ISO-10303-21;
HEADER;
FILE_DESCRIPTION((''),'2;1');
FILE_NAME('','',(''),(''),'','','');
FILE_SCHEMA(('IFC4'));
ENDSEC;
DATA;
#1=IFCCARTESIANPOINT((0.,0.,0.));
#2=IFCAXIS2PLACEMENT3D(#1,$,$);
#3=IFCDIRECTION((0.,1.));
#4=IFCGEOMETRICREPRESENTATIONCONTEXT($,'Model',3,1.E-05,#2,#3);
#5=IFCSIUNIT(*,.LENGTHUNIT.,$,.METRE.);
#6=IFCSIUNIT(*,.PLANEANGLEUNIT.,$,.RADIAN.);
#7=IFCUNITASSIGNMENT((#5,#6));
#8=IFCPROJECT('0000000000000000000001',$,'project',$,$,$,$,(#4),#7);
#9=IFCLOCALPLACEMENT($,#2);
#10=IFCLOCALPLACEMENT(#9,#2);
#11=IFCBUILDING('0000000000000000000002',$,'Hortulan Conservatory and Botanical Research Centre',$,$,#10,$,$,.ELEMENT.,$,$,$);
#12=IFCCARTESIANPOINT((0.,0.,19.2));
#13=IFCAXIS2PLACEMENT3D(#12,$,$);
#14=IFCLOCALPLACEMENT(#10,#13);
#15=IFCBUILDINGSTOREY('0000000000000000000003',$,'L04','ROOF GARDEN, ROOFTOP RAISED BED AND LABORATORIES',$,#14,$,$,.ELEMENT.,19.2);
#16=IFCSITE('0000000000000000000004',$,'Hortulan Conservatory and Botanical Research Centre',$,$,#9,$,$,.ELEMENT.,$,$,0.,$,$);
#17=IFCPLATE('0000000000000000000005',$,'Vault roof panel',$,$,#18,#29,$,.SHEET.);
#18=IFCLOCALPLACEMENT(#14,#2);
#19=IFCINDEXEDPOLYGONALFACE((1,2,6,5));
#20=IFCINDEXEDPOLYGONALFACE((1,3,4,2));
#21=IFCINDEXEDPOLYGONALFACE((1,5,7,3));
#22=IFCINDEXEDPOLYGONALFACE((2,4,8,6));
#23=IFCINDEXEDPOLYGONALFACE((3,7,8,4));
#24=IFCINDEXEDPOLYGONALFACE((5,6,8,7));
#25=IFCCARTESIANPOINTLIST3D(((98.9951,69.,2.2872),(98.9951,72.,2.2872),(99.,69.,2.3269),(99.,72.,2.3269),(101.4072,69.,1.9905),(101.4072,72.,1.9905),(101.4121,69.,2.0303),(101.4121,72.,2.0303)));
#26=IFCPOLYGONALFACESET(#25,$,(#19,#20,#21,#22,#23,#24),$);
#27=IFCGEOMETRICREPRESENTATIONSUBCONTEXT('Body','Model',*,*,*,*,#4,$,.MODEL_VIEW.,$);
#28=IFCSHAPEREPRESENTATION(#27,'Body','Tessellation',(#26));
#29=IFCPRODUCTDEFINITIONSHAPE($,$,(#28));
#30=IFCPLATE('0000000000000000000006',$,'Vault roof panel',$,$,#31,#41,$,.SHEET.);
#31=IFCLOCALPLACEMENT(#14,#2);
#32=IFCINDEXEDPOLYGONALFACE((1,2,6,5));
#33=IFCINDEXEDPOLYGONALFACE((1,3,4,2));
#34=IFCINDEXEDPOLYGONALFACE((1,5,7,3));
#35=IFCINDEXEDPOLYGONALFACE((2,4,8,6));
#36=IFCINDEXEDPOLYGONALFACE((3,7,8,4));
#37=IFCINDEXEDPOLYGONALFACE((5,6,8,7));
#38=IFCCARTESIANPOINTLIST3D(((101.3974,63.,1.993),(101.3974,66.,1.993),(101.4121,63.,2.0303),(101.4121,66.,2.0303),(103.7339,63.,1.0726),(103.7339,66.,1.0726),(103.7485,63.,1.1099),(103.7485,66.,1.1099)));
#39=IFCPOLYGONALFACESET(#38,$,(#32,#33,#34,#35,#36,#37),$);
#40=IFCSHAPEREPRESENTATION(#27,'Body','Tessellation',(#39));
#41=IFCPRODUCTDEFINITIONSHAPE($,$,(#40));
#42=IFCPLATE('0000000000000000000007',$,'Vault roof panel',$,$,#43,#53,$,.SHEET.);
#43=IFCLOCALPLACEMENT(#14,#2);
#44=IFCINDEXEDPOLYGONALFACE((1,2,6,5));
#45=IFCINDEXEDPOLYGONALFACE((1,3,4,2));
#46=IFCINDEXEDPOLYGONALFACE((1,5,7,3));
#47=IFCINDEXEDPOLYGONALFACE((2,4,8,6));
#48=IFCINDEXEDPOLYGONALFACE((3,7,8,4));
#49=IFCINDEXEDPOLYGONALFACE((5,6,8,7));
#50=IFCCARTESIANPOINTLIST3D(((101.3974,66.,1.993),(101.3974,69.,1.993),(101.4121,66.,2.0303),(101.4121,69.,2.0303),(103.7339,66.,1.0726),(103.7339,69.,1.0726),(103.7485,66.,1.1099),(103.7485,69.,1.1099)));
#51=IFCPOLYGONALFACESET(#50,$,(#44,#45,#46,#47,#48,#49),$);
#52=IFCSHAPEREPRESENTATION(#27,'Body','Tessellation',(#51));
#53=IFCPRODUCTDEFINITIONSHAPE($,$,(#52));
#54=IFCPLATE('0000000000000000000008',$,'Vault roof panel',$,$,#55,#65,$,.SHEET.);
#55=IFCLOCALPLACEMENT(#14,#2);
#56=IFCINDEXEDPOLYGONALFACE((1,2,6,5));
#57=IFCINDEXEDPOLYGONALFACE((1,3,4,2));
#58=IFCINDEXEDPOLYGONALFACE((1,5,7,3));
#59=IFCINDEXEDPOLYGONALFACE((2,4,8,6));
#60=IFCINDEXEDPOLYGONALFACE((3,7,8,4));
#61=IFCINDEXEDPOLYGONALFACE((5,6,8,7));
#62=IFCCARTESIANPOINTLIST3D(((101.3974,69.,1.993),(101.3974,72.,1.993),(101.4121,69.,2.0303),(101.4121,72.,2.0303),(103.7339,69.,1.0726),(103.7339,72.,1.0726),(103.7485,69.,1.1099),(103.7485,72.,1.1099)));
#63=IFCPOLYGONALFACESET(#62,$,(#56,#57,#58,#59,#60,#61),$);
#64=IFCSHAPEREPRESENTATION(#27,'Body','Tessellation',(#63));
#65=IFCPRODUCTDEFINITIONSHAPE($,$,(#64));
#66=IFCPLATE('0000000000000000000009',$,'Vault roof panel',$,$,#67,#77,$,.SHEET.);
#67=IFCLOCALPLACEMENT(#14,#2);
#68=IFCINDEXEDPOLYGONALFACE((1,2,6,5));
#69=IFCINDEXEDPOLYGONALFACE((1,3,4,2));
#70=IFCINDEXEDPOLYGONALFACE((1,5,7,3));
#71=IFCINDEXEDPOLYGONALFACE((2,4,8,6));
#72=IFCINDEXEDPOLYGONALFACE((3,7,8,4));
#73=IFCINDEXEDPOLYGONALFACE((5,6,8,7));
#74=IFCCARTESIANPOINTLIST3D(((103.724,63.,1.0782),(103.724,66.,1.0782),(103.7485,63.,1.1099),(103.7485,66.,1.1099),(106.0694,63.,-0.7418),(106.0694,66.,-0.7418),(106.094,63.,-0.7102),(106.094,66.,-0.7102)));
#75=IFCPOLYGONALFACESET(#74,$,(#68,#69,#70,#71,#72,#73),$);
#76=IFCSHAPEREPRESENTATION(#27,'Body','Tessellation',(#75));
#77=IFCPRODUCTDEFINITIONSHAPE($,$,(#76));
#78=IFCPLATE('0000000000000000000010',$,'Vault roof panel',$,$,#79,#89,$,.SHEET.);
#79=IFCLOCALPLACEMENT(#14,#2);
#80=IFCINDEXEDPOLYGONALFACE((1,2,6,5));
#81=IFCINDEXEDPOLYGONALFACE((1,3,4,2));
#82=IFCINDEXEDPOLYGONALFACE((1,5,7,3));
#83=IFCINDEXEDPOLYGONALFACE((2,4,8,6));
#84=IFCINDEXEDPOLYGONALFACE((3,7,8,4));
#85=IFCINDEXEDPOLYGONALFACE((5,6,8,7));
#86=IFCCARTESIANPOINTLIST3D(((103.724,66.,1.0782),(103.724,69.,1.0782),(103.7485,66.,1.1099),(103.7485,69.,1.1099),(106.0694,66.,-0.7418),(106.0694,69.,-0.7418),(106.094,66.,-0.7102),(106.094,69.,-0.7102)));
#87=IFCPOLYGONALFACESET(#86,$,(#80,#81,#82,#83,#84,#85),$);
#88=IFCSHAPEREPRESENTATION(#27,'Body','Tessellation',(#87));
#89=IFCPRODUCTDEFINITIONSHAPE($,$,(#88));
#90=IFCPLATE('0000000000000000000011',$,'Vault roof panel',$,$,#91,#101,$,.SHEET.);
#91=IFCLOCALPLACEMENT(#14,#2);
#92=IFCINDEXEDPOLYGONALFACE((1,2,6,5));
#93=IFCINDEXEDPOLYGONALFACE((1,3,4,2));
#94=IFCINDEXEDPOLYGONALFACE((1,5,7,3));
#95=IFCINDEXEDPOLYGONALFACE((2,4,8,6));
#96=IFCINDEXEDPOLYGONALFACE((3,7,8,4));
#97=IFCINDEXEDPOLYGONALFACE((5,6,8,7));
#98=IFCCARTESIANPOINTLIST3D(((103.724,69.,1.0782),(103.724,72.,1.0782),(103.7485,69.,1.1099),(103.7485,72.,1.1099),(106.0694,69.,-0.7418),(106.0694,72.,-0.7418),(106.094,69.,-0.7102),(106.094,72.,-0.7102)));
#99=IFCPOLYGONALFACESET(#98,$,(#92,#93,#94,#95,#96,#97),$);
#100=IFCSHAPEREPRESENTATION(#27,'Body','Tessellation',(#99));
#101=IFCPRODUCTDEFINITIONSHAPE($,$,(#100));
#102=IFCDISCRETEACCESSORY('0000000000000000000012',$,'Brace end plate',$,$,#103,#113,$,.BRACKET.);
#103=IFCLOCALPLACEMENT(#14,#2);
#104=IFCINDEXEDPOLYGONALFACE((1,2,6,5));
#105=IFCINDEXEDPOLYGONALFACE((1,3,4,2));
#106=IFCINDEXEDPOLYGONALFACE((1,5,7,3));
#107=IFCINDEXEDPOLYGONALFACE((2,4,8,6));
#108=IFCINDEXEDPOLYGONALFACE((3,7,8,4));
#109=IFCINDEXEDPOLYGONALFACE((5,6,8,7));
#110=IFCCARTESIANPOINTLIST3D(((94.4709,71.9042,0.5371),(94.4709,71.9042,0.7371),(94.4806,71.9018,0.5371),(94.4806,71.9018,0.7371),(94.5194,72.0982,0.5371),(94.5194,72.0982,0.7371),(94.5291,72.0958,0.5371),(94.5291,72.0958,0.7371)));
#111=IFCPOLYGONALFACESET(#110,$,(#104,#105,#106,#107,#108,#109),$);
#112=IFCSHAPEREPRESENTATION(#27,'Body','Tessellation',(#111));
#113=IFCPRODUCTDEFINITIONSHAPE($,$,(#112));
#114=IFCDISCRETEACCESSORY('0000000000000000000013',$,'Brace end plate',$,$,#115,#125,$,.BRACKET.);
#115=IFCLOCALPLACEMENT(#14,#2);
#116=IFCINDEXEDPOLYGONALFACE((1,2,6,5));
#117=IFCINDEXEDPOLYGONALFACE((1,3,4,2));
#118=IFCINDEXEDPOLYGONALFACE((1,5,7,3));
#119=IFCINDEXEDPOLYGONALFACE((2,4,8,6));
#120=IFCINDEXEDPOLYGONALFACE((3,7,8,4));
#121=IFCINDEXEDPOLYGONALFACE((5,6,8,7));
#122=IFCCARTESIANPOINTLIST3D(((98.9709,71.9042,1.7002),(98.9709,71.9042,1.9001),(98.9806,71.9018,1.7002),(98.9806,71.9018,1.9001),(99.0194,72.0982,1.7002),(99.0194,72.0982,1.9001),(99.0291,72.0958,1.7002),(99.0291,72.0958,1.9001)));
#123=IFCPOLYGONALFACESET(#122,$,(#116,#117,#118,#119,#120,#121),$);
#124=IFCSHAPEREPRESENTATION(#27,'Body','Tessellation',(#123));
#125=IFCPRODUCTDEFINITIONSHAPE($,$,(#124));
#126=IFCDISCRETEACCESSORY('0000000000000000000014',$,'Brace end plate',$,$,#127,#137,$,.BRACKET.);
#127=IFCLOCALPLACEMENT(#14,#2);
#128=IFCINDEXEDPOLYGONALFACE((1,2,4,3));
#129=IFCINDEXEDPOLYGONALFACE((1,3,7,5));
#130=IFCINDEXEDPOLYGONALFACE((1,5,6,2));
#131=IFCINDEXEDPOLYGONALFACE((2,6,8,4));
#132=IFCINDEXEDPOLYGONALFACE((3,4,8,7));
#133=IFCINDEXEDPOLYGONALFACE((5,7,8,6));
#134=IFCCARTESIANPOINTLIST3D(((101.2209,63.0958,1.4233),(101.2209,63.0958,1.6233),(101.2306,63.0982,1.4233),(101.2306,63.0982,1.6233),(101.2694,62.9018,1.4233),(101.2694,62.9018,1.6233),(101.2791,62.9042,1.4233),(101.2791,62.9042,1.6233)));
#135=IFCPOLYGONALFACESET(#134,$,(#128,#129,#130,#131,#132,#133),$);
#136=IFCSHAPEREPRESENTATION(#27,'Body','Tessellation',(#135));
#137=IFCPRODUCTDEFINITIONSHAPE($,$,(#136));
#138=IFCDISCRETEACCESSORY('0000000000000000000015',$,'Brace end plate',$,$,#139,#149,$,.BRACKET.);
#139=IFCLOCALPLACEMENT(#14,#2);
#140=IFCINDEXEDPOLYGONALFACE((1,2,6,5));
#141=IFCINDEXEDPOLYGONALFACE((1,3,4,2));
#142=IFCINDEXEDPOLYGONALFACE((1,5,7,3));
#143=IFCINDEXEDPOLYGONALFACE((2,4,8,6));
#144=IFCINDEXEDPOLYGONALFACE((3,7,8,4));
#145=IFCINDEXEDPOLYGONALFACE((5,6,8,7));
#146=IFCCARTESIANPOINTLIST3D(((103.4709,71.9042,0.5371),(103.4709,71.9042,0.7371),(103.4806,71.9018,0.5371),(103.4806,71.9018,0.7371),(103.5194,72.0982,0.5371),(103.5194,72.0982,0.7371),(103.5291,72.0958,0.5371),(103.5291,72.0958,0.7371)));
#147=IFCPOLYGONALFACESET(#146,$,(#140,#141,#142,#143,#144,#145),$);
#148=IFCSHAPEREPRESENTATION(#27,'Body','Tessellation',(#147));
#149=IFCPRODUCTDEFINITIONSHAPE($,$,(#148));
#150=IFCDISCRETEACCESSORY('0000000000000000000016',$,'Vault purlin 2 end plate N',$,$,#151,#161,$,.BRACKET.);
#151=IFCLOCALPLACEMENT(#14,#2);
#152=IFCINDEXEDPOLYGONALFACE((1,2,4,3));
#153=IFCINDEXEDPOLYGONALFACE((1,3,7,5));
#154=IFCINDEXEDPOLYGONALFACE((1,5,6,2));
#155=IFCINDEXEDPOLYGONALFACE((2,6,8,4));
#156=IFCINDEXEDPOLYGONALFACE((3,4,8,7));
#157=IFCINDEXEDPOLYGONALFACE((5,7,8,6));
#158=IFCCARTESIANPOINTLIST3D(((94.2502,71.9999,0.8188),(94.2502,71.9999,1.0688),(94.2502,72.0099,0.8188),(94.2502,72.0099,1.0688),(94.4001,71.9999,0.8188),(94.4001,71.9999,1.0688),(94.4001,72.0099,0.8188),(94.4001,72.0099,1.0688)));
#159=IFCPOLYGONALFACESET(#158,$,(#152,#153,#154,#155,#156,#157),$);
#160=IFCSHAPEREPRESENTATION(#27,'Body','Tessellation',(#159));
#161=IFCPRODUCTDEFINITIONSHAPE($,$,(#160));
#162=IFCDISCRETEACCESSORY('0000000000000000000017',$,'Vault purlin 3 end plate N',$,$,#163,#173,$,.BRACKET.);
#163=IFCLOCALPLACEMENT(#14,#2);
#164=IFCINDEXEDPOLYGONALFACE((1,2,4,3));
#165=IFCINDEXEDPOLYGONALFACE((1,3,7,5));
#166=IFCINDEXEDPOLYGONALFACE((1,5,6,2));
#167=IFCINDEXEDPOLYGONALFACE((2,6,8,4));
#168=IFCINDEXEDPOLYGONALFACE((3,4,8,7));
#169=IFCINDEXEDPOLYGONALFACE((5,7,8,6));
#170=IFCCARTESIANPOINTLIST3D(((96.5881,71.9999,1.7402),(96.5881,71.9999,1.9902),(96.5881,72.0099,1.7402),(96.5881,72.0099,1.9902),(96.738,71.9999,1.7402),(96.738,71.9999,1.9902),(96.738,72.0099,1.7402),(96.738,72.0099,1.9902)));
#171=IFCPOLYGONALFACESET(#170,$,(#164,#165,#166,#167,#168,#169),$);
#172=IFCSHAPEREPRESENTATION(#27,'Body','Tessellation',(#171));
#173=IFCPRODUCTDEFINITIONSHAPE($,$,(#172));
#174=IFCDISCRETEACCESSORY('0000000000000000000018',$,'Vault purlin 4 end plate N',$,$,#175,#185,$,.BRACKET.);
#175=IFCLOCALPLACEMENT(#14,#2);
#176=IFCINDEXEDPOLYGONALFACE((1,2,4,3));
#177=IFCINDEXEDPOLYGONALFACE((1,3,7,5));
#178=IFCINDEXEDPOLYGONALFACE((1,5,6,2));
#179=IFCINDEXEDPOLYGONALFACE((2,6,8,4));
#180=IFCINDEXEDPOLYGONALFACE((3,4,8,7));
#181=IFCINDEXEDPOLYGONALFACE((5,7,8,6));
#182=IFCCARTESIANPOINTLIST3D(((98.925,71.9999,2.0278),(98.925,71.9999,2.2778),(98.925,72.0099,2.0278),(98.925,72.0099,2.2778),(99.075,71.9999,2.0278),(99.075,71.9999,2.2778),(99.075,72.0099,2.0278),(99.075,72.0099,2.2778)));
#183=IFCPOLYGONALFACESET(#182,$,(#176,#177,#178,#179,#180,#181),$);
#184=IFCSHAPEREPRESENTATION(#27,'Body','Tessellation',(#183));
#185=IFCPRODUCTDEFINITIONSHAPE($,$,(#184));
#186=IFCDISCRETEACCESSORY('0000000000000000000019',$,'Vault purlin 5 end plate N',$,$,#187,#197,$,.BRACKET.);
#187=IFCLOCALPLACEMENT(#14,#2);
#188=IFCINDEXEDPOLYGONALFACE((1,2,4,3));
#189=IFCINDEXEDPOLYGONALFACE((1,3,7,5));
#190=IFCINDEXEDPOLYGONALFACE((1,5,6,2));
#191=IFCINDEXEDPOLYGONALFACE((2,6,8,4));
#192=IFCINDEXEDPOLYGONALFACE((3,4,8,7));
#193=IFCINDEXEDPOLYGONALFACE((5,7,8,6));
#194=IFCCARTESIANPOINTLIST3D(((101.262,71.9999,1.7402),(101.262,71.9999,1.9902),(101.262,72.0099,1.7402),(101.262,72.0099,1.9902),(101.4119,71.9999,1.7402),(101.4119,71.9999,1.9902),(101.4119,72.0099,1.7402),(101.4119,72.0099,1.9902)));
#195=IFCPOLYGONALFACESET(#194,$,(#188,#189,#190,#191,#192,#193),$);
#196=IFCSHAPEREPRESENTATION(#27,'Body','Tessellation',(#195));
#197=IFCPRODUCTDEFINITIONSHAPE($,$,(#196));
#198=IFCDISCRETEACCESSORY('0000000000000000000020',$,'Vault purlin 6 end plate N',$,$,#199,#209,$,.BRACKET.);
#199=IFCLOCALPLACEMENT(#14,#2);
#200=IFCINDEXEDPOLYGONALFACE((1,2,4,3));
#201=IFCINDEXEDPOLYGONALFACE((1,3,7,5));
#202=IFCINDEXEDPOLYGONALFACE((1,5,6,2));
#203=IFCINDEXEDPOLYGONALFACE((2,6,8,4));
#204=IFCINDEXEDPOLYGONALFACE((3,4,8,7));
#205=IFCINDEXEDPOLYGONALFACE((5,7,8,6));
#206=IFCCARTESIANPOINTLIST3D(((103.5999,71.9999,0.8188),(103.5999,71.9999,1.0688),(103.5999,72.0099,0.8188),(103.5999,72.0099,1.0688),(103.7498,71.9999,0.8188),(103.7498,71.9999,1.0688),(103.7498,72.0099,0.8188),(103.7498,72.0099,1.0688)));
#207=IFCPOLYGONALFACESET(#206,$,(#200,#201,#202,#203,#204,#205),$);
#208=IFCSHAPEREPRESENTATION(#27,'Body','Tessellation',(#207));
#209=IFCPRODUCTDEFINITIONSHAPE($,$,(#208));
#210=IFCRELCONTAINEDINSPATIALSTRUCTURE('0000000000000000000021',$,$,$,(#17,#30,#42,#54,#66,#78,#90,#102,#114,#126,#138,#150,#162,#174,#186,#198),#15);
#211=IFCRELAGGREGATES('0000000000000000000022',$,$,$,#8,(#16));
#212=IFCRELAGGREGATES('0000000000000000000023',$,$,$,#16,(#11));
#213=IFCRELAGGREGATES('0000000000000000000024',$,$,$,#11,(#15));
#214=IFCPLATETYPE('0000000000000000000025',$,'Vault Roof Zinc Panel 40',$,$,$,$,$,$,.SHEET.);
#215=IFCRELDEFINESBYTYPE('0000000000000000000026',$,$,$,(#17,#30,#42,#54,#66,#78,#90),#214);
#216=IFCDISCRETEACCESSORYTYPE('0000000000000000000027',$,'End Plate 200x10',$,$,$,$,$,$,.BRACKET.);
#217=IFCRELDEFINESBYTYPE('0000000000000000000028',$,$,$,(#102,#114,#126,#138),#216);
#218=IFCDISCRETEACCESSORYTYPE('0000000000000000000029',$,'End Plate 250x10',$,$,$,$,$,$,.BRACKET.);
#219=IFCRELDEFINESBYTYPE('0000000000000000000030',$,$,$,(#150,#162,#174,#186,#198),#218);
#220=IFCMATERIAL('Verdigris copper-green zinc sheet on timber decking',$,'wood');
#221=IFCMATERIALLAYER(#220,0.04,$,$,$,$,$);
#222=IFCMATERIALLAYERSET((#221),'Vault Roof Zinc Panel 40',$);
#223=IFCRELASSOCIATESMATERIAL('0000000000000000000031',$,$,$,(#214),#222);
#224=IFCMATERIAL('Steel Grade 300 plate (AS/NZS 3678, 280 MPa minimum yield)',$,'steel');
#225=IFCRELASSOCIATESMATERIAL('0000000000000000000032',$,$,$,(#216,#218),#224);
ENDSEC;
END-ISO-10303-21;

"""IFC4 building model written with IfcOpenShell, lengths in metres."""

from ifc_helpers import new_model, si_unit, direction, frame, origin, origin_2d, place, context, subcontext, project, spatial, polyline, rectangle, outline, extrude, material, layer, layer_set, type_object, element, save


model = new_model("IFC4")

# Units and contexts
model_context = context("Model", 3, precision=1e-05, world=origin(), true_north=direction((0.0, 1.0)))
body_context = subcontext(model_context, "Body", "Model", "MODEL_VIEW")
ifc_project = project(units=[si_unit("LENGTHUNIT", "METRE"), si_unit("PLANEANGLEUNIT", "RADIAN")], contexts=[model_context])

# Site, building, storey
site_placement = place(None, origin())
site = spatial("IfcSite", under=ifc_project, at=site_placement, Name="Hortulan Conservatory and Botanical Research Centre", CompositionType="ELEMENT", RefElevation=0.0)
building_placement = place(site_placement, origin())
building = spatial("IfcBuilding", under=site, at=building_placement, Name="Hortulan Conservatory and Botanical Research Centre", CompositionType="ELEMENT")
storey_placement = place(building_placement, frame((0.0, 0.0, 19.2)))
storey = spatial("IfcBuildingStorey", under=building, at=storey_placement, Name="L04", Description="ROOF GARDEN, ROOFTOP RAISED BED AND LABORATORIES", CompositionType="ELEMENT", Elevation=19.2)

# Plates
ifc_material_1 = material(Name="Verdigris copper-green zinc sheet on timber decking", Category="wood")
ifc_layer = layer(ifc_material_1, 0.04)
ifc_layer_set = layer_set([ifc_layer], Name="Vault Roof Zinc Panel 40")
plate_type = type_object("IfcPlateType", Name="Vault Roof Zinc Panel 40", PredefinedType="SHEET", material=ifc_layer_set)
for number, where, z_axis, x_axis, name in (
    (1, (99.0, 69.0, 2.3269), (0.122056, 0.0, 0.992523), (0.992523, 0.0, -0.122056), "Vault roof panel"),
):
    element("IfcPlate", number, at=place(storey_placement, frame(where, z_axis=z_axis, x_axis=x_axis)), inside=storey, type_object=plate_type, Name=name, PredefinedType="SHEET", context=body_context, shape_type="SweptSolid", body=[
        extrude(outline(polyline([(0.0, 0.0), (2.4303, 0.0), (2.4303, 3.0), (0.0, 3.0), (0.0, 0.0)])), origin(), (0.0, 0.0, -1.0), 0.04),
    ])
for number, where, z_axis, x_axis, name in (
    (2, (101.4121, 63.0, 2.0303), (0.366525, 0.0, 0.930408), (0.930408, 0.0, -0.366525), "Vault roof panel"),
    (3, (101.4121, 66.0, 2.0303), (0.366525, 0.0, 0.930408), (0.930408, 0.0, -0.366525), "Vault roof panel"),
    (4, (101.4121, 69.0, 2.0303), (0.366525, 0.0, 0.930408), (0.930408, 0.0, -0.366525), "Vault roof panel"),
):
    element("IfcPlate", number, at=place(storey_placement, frame(where, z_axis=z_axis, x_axis=x_axis)), inside=storey, type_object=plate_type, Name=name, PredefinedType="SHEET", context=body_context, shape_type="SweptSolid", body=[
        extrude(outline(polyline([(0.0, 0.0), (2.5112, 0.0), (2.5112, 3.0), (0.0, 3.0), (0.0, 0.0)])), origin(), (0.0, 0.0, -1.0), 0.04),
    ])
for number, where, z_axis, x_axis, name in (
    (5, (103.7485, 63.0, 1.1099), (0.613063, 0.0, 0.790034), (0.790034, 0.0, -0.613063), "Vault roof panel"),
    (6, (103.7485, 66.0, 1.1099), (0.613063, 0.0, 0.790034), (0.790034, 0.0, -0.613063), "Vault roof panel"),
    (7, (103.7485, 69.0, 1.1099), (0.613063, 0.0, 0.790034), (0.790034, 0.0, -0.613063), "Vault roof panel"),
):
    element("IfcPlate", number, at=place(storey_placement, frame(where, z_axis=z_axis, x_axis=x_axis)), inside=storey, type_object=plate_type, Name=name, PredefinedType="SHEET", context=body_context, shape_type="SweptSolid", body=[
        extrude(outline(polyline([(0.0, 0.0), (2.9688, 0.0), (2.9688, 3.0), (0.0, 3.0), (0.0, 0.0)])), origin(), (0.0, 0.0, -1.0), 0.04),
    ])

# Discrete accessories
ifc_material_2 = material(Name="Steel Grade 300 plate (AS/NZS 3678, 280 MPa minimum yield)", Category="steel")
discrete_accessory_type_1 = type_object("IfcDiscreteAccessoryType", Name="End Plate 200x10", PredefinedType="BRACKET", material=ifc_material_2)
for number, where, z_axis, x_axis, name in (
    (8, (94.5, 72.0, 0.5371), (0.0, 0.0, 1.0), (0.242532, 0.970144, 0.0), "Brace end plate"),
    (9, (99.0, 72.0, 1.7002), (0.0, 0.0, 1.0), (0.242532, 0.970144, 0.0), "Brace end plate"),
    (10, (101.25, 63.0, 1.4233), (0.0, 0.0, 1.0), (0.242532, -0.970144, 0.0), "Brace end plate"),
    (11, (103.5, 72.0, 0.5371), (0.0, 0.0, 1.0), (0.242532, 0.970144, 0.0), "Brace end plate"),
):
    element("IfcDiscreteAccessory", number, at=place(storey_placement, frame(where, z_axis=z_axis, x_axis=x_axis)), inside=storey, type_object=discrete_accessory_type_1, Name=name, PredefinedType="BRACKET", context=body_context, shape_type="SweptSolid", body=[
        extrude(rectangle(XDim=0.2, YDim=0.01, at=origin_2d()), origin(), (0.0, 0.0, 1.0), 0.2),
    ])
discrete_accessory_type_2 = type_object("IfcDiscreteAccessoryType", Name="End Plate 250x10", PredefinedType="BRACKET", material=ifc_material_2)
for number, where, z_axis, x_axis, name in (
    (12, (94.3252, 72.0049, 0.8188), (0.0, 0.0, 1.0), (1.0, 0.0, 0.0), "Vault purlin 2 end plate N"),
    (13, (96.6631, 72.0049, 1.7402), (0.0, 0.0, 1.0), (1.0, 0.0, 0.0), "Vault purlin 3 end plate N"),
    (14, (99.0, 72.0049, 2.0278), (0.0, 0.0, 1.0), (1.0, 0.0, 0.0), "Vault purlin 4 end plate N"),
    (15, (101.3369, 72.0049, 1.7402), (0.0, 0.0, 1.0), (1.0, 0.0, 0.0), "Vault purlin 5 end plate N"),
    (16, (103.6748, 72.0049, 0.8188), (0.0, 0.0, 1.0), (1.0, 0.0, 0.0), "Vault purlin 6 end plate N"),
):
    element("IfcDiscreteAccessory", number, at=place(storey_placement, frame(where, z_axis=z_axis, x_axis=x_axis)), inside=storey, type_object=discrete_accessory_type_2, Name=name, PredefinedType="BRACKET", context=body_context, shape_type="SweptSolid", body=[
        extrude(rectangle(XDim=0.1499, YDim=0.01, at=origin_2d()), origin(), (0.0, 0.0, 1.0), 0.25),
    ])

save(model, "model.ifc")
